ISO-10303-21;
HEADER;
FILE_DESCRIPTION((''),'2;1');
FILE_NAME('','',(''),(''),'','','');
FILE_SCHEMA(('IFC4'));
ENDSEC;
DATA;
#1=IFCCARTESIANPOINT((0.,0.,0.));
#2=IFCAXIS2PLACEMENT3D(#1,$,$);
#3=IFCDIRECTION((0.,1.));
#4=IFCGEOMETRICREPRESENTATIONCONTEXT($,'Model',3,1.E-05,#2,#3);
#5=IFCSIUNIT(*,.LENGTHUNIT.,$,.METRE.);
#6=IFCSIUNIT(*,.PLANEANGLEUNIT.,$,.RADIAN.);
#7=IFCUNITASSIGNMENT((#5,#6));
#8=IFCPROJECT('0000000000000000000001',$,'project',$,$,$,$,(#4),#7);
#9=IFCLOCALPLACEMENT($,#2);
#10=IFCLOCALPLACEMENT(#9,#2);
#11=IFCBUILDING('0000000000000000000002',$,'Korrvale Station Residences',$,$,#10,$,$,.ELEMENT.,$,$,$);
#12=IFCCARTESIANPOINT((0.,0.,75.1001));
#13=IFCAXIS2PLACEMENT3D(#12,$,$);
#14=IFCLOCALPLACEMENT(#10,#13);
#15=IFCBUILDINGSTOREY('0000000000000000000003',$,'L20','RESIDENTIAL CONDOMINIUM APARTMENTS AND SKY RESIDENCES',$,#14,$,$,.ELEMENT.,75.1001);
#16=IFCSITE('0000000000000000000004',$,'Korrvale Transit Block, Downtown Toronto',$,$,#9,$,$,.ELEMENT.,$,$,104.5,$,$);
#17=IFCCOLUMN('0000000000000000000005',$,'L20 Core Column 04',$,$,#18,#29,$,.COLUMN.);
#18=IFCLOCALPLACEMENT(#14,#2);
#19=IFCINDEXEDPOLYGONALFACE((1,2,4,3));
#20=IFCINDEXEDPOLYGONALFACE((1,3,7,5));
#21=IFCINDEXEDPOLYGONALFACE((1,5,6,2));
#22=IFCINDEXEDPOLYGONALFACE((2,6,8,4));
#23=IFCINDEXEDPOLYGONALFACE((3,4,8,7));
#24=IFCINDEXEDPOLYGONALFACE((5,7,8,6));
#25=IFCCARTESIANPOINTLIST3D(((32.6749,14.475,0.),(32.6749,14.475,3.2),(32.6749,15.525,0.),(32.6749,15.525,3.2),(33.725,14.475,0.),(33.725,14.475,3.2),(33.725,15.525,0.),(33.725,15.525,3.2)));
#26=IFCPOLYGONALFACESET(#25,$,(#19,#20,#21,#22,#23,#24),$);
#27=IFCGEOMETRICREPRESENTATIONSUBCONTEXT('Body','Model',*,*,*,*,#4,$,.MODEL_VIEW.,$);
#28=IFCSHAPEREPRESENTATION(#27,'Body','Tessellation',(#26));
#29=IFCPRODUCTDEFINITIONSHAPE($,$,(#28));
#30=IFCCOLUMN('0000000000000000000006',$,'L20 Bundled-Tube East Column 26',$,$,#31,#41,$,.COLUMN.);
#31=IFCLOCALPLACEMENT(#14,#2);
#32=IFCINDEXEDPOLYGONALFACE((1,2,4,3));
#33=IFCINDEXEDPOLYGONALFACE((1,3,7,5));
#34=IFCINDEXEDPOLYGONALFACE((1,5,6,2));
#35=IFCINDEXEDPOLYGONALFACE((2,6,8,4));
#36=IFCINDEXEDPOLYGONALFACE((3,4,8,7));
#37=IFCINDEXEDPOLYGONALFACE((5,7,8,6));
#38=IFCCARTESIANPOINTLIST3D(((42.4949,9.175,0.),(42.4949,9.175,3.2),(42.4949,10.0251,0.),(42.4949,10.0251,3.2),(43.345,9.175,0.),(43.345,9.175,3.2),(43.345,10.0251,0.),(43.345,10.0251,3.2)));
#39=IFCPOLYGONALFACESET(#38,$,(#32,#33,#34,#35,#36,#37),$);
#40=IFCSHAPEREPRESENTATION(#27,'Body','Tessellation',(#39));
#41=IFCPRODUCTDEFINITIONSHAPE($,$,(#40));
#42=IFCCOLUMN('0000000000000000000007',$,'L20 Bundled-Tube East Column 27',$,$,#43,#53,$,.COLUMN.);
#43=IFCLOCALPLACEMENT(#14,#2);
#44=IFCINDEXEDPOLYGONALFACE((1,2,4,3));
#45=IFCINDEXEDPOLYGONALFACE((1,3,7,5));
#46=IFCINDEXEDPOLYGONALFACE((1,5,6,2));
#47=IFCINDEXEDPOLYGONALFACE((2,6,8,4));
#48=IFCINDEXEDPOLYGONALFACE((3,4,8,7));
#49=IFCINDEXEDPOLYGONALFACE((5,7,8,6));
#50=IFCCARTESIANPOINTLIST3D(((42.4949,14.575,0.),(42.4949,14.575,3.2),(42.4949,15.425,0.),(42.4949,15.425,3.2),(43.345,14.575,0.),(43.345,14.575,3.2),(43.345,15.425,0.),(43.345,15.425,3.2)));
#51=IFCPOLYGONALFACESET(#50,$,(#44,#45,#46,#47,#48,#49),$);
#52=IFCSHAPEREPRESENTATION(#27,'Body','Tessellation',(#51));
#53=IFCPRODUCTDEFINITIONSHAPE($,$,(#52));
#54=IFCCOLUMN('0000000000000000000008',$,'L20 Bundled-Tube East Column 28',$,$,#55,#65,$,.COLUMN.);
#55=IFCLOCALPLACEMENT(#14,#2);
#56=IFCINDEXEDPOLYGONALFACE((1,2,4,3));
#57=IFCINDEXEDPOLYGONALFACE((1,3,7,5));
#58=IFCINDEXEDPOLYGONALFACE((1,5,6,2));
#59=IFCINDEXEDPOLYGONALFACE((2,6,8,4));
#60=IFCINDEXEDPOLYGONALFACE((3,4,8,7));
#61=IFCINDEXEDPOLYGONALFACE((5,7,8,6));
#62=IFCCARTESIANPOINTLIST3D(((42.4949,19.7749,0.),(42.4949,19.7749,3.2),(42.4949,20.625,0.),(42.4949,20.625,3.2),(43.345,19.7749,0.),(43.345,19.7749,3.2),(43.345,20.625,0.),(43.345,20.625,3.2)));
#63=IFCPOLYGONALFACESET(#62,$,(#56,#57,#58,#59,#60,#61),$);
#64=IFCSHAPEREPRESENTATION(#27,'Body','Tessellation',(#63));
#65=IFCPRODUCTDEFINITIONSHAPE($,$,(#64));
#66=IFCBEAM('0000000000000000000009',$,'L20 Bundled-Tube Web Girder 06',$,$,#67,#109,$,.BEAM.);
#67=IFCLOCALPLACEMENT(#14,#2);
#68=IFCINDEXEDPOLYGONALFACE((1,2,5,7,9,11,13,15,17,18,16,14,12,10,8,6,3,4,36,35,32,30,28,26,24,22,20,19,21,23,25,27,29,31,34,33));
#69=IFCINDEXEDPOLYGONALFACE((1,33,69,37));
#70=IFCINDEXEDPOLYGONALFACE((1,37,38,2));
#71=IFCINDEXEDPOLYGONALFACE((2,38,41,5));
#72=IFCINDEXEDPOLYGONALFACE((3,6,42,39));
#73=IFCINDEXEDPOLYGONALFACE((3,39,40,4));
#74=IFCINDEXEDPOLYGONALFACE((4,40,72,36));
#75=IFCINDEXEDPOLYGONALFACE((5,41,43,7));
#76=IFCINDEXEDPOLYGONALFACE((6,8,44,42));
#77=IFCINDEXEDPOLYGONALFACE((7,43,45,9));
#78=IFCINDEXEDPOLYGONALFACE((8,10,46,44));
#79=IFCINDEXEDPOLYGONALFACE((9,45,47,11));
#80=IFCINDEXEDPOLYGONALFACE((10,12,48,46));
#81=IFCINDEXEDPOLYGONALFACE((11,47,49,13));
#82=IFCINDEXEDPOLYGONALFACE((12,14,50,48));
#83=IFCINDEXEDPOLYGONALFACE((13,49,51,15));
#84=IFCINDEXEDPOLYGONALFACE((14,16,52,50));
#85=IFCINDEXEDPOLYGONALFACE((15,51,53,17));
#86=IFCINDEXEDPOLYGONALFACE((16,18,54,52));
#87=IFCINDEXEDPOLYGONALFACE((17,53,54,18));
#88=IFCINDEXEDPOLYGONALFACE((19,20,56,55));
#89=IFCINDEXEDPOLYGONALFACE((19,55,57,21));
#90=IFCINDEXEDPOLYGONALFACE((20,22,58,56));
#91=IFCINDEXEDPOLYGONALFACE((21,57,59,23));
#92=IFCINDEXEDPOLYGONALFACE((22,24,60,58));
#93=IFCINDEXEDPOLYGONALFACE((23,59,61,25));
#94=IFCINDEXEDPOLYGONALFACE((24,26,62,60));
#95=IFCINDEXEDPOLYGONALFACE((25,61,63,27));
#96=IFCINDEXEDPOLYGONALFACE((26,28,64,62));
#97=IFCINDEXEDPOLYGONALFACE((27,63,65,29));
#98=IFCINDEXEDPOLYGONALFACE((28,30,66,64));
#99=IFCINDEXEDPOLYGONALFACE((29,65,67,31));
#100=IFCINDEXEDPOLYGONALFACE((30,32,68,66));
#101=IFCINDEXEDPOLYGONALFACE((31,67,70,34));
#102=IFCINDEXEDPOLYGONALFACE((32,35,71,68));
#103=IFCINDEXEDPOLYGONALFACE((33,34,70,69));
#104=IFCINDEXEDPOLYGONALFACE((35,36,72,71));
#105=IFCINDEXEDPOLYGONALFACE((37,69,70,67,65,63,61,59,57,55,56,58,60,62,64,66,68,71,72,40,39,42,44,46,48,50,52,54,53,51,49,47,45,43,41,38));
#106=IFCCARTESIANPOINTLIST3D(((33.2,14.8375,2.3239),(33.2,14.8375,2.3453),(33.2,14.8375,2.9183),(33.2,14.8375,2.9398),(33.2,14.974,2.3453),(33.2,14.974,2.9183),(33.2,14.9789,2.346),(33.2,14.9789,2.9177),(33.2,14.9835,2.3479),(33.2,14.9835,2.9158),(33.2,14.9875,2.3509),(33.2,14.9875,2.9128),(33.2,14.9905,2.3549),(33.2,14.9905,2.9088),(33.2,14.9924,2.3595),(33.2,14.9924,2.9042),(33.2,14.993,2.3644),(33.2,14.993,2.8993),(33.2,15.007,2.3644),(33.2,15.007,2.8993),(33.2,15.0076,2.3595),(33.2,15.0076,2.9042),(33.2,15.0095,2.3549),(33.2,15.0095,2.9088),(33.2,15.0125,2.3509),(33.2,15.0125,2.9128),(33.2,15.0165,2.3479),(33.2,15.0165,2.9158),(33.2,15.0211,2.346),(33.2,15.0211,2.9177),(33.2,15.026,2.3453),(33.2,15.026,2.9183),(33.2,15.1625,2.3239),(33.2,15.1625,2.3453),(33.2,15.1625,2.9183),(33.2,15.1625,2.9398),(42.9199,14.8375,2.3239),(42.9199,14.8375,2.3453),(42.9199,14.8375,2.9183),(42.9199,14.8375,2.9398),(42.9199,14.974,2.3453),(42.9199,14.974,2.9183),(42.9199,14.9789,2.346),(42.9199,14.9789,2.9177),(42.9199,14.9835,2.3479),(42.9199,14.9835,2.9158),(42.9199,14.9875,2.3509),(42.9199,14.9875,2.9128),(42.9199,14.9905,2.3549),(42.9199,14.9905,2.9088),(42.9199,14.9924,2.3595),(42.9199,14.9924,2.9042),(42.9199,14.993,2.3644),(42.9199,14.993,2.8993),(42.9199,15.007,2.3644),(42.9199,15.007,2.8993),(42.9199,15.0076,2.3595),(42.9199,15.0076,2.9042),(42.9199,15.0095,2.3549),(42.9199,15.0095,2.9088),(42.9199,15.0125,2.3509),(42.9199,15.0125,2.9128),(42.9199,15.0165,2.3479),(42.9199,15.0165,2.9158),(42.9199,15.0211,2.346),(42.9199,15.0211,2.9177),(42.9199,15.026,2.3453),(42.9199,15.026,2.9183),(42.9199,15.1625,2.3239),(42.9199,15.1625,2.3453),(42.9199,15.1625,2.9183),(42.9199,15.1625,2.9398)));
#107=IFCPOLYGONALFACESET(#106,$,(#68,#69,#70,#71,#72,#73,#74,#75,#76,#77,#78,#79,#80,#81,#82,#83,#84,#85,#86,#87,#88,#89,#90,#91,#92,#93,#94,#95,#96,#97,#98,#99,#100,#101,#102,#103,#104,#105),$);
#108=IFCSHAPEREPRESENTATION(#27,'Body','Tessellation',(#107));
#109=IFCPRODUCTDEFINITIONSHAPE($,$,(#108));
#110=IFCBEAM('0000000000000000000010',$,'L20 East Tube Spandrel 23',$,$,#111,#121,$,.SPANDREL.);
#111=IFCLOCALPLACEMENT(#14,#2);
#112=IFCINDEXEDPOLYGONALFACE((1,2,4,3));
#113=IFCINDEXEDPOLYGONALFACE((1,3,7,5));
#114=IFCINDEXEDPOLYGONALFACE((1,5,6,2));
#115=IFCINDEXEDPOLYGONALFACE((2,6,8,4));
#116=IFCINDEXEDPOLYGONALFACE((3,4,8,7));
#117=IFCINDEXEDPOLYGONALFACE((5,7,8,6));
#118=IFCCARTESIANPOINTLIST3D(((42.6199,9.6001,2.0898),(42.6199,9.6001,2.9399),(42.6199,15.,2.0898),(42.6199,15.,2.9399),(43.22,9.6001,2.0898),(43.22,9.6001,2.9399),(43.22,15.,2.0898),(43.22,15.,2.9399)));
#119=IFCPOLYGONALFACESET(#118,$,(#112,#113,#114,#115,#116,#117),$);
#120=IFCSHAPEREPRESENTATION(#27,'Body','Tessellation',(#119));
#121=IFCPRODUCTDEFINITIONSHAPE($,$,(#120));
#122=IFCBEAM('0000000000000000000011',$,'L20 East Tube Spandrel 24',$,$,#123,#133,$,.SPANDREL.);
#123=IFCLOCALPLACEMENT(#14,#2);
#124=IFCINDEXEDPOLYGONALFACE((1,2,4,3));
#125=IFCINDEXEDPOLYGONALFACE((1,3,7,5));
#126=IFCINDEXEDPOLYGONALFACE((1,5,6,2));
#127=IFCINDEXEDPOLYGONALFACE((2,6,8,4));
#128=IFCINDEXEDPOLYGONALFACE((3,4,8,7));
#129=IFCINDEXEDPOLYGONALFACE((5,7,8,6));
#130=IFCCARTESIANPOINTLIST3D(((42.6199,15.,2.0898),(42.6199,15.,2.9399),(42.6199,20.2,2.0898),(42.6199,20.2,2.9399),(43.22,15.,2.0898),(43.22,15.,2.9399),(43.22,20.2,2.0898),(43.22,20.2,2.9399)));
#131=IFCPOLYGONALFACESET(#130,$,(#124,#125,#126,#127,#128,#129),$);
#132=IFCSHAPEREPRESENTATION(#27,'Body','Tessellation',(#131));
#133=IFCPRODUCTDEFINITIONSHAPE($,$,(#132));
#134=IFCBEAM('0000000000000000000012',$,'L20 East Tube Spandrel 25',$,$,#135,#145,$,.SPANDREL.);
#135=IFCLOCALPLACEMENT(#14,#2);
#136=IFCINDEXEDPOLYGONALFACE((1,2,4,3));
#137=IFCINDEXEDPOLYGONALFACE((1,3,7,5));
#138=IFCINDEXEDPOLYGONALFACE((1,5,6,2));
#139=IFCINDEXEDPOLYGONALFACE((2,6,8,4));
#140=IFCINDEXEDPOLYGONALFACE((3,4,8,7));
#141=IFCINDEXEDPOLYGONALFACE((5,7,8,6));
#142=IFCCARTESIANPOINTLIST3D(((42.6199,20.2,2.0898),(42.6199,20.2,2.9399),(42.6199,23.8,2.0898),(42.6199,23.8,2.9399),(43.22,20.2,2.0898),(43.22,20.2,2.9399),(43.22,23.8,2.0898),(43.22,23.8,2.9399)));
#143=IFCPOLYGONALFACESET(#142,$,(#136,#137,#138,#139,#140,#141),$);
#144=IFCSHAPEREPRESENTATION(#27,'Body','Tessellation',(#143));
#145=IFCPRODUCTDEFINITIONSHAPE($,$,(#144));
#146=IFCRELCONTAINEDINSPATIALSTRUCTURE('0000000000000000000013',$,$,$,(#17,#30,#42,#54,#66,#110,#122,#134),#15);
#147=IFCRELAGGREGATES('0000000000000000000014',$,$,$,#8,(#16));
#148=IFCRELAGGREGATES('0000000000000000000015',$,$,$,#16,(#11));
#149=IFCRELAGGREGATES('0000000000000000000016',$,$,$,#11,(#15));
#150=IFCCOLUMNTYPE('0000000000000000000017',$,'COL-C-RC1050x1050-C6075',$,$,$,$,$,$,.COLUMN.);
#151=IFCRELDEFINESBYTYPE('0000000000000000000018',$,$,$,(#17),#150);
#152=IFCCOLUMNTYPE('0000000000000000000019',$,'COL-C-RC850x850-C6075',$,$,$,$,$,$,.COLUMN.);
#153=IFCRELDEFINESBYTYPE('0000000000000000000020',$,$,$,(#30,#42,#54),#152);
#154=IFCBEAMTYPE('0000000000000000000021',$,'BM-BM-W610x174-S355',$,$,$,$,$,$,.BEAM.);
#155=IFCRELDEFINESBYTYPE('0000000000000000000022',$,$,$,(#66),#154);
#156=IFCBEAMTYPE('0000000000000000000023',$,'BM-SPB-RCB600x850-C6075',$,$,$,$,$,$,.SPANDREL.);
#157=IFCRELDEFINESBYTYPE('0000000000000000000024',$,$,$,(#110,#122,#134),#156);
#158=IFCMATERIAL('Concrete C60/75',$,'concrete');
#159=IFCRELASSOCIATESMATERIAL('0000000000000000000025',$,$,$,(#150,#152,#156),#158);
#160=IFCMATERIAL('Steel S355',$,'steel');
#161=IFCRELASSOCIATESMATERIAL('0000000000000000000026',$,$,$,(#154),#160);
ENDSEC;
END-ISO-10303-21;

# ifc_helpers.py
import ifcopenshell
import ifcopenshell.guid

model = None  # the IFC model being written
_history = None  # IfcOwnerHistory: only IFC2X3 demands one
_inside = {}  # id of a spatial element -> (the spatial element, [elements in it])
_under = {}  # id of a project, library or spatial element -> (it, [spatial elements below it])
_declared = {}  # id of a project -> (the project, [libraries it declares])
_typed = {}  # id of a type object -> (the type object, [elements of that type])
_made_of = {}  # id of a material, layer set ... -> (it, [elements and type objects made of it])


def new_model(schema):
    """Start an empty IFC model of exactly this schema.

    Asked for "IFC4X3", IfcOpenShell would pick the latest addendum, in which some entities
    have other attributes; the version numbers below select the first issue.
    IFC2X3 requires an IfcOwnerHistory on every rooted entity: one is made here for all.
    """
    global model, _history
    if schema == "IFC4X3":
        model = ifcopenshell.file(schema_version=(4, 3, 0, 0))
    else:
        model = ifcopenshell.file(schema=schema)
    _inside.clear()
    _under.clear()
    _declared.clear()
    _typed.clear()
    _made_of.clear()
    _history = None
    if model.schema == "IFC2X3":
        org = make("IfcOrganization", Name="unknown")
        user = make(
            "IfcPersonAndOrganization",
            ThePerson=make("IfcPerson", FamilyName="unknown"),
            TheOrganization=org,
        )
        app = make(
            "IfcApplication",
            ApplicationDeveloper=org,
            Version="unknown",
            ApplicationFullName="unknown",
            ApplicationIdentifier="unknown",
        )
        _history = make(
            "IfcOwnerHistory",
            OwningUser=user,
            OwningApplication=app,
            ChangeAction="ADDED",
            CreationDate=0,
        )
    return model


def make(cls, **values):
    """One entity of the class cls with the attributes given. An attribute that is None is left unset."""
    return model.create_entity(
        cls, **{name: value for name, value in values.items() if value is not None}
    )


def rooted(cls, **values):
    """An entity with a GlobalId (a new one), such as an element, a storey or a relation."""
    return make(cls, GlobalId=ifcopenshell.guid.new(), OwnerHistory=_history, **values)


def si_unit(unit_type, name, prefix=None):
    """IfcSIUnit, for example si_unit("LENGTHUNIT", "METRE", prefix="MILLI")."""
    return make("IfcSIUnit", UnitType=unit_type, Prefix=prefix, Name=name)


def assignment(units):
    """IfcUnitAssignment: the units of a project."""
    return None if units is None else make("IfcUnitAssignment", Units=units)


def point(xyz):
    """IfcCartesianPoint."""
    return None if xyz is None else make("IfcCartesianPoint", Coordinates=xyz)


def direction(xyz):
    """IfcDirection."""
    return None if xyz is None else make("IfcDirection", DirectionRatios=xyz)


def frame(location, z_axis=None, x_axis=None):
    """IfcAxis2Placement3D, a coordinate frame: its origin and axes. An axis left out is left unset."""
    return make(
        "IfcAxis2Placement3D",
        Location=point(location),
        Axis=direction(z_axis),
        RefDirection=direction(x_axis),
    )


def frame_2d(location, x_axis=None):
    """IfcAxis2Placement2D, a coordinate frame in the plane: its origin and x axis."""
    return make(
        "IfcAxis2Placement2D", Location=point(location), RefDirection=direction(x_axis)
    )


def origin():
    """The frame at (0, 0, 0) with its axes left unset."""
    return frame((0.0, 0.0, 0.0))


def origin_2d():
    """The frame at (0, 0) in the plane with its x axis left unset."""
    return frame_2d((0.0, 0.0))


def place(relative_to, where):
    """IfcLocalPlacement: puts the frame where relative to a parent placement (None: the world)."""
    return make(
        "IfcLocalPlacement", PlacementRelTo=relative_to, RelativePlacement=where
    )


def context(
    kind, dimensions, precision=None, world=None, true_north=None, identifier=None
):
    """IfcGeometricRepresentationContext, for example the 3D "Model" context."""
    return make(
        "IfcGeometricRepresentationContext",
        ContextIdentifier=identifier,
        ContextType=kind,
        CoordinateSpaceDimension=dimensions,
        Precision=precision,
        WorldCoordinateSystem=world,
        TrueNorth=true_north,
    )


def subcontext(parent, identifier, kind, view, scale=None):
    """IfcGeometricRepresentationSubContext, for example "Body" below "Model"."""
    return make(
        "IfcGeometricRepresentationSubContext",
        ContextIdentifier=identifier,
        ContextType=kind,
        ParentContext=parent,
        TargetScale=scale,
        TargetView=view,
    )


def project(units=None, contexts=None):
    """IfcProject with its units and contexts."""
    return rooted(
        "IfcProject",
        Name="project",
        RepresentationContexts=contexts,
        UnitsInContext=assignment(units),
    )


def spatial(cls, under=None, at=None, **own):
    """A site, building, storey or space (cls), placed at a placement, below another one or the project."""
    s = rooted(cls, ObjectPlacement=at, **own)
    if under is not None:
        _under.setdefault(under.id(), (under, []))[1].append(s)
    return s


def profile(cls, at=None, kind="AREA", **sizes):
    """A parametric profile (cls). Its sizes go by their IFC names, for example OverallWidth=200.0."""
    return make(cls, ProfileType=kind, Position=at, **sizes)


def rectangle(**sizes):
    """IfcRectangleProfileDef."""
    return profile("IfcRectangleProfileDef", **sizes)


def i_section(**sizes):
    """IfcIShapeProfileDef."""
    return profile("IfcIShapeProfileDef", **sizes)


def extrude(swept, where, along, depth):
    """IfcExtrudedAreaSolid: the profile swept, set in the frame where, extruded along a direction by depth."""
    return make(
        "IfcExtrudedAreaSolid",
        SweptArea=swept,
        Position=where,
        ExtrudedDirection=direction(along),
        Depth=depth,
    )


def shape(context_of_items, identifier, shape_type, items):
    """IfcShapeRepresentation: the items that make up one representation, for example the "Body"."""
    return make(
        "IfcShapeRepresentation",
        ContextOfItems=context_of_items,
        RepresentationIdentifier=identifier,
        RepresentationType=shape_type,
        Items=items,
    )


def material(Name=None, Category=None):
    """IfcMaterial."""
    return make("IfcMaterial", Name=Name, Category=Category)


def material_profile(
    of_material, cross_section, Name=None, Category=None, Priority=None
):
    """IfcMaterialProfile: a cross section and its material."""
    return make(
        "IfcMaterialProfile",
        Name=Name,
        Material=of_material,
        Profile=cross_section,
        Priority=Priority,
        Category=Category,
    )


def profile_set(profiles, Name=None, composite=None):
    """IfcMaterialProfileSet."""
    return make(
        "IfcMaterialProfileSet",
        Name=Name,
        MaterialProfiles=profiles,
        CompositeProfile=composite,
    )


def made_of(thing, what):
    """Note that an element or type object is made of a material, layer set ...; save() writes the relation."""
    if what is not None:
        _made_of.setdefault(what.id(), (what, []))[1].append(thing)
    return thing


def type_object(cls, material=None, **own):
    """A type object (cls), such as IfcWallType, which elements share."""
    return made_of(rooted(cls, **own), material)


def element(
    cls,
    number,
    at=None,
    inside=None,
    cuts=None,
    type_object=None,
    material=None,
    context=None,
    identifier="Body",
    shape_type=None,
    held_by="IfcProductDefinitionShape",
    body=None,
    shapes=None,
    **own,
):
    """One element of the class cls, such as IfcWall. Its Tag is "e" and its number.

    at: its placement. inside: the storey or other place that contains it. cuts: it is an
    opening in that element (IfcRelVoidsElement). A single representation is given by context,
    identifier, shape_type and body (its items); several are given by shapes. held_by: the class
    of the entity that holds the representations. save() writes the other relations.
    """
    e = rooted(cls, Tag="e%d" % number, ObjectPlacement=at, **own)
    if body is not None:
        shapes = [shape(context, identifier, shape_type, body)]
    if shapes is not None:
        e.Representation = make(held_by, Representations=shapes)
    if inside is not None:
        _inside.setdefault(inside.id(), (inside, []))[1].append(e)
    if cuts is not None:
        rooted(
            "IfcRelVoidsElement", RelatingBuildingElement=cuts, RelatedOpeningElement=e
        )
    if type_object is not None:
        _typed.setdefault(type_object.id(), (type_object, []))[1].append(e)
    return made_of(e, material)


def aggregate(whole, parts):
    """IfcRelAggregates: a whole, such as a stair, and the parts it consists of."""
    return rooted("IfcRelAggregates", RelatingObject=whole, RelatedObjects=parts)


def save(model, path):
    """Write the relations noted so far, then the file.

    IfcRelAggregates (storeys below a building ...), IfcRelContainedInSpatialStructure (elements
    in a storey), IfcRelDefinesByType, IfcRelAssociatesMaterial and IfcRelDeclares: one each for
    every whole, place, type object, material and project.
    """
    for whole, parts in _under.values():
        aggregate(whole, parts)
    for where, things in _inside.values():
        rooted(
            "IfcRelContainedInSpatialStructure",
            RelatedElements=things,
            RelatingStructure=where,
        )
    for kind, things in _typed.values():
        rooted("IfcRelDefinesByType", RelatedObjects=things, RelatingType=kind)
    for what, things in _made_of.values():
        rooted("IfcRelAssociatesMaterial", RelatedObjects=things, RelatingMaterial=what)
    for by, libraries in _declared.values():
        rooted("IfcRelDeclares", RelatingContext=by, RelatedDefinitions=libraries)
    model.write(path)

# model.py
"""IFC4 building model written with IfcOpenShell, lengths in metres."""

from ifc_helpers import new_model, si_unit, direction, frame, origin, origin_2d, place, context, subcontext, project, spatial, rectangle, i_section, extrude, material, material_profile, profile_set, type_object, element, save


model = new_model("IFC4")

# Units and contexts
model_context = context("Model", 3, precision=1e-05, world=origin(), true_north=direction((0.0, 1.0)))
body_context = subcontext(model_context, "Body", "Model", "MODEL_VIEW")
ifc_project = project(units=[si_unit("LENGTHUNIT", "METRE"), si_unit("PLANEANGLEUNIT", "RADIAN")], contexts=[model_context])

# Site, building, storey
site_placement = place(None, origin())
site = spatial("IfcSite", under=ifc_project, at=site_placement, Name="Korrvale Transit Block, Downtown Toronto", CompositionType="ELEMENT", RefElevation=104.5)
building_placement = place(site_placement, origin())
building = spatial("IfcBuilding", under=site, at=building_placement, Name="Korrvale Station Residences", CompositionType="ELEMENT")
storey_placement = place(building_placement, frame((0.0, 0.0, 75.1001)))
storey = spatial("IfcBuildingStorey", under=building, at=storey_placement, Name="L20", Description="RESIDENTIAL CONDOMINIUM APARTMENTS AND SKY RESIDENCES", CompositionType="ELEMENT", Elevation=75.1001)

# Columns
ifc_material_1 = material(Name="Concrete C60/75", Category="concrete")
ifc_material_profile_1 = material_profile(ifc_material_1, rectangle(XDim=1.05, YDim=1.05, at=origin_2d()), Name="RC1050x1050")
ifc_profile_set_1 = profile_set([ifc_material_profile_1], Name="Concrete C60/75")
column_type_1 = type_object("IfcColumnType", Name="COL-C-RC1050x1050-C6075", PredefinedType="COLUMN", material=ifc_profile_set_1)
column_placement = place(storey_placement, frame((33.2, 15.0, 0.0), z_axis=(0.0, 0.0, 1.0), x_axis=(1.0, 0.0, 0.0)))
element("IfcColumn", 1, at=column_placement, inside=storey, type_object=column_type_1, Name="L20 Core Column 04", PredefinedType="COLUMN", context=body_context, shape_type="SweptSolid", body=[
    extrude(rectangle(XDim=1.05, YDim=1.05, at=origin_2d()), origin(), (0.0, 0.0, 1.0), 3.2),
])
ifc_material_profile_2 = material_profile(ifc_material_1, rectangle(XDim=0.8501, YDim=0.8501, at=origin_2d()), Name="RC850x850")
ifc_profile_set_2 = profile_set([ifc_material_profile_2], Name="Concrete C60/75")
column_type_2 = type_object("IfcColumnType", Name="COL-C-RC850x850-C6075", PredefinedType="COLUMN", material=ifc_profile_set_2)
for number, where, z_axis, x_axis, name in (
    (2, (42.9199, 9.6001, 0.0), (0.0, 0.0, 1.0), (1.0, 0.0, 0.0), "L20 Bundled-Tube East Column 26"),
    (3, (42.9199, 15.0, 0.0), (0.0, 0.0, 1.0), (1.0, 0.0, 0.0), "L20 Bundled-Tube East Column 27"),
    (4, (42.9199, 20.2, 0.0), (0.0, 0.0, 1.0), (1.0, 0.0, 0.0), "L20 Bundled-Tube East Column 28"),
):
    element("IfcColumn", number, at=place(storey_placement, frame(where, z_axis=z_axis, x_axis=x_axis)), inside=storey, type_object=column_type_2, Name=name, PredefinedType="COLUMN", context=body_context, shape_type="SweptSolid", body=[
        extrude(rectangle(XDim=0.8501, YDim=0.8501, at=origin_2d()), origin(), (0.0, 0.0, 1.0), 3.2),
    ])

# Beams
ifc_material_2 = material(Name="Steel S355", Category="steel")
ifc_material_profile_3 = material_profile(ifc_material_2, i_section(OverallWidth=0.325, OverallDepth=0.616, WebThickness=0.0139, FlangeThickness=0.0215, FilletRadius=0.019, at=origin_2d()), Name="W610x174")
ifc_profile_set_3 = profile_set([ifc_material_profile_3], Name="Steel S355")
beam_type_1 = type_object("IfcBeamType", Name="BM-BM-W610x174-S355", PredefinedType="BEAM", material=ifc_profile_set_3)
beam_1_placement = place(storey_placement, frame((33.2, 15.0, 2.6318), z_axis=(1.0, 0.0, 0.0), x_axis=(0.0, 1.0, 0.0)))
element("IfcBeam", 5, at=beam_1_placement, inside=storey, type_object=beam_type_1, Name="L20 Bundled-Tube Web Girder 06", PredefinedType="BEAM", context=body_context, shape_type="SweptSolid", body=[
    extrude(i_section(OverallWidth=0.325, OverallDepth=0.616, WebThickness=0.0139, FlangeThickness=0.0215, FilletRadius=0.019, at=origin_2d()), origin(), (0.0, 0.0, 1.0), 9.72),
])
ifc_material_profile_4 = material_profile(ifc_material_1, rectangle(XDim=0.6001, YDim=0.8501, at=origin_2d()), Name="RCB600x850")
ifc_profile_set_4 = profile_set([ifc_material_profile_4], Name="Concrete C60/75")
beam_type_2 = type_object("IfcBeamType", Name="BM-SPB-RCB600x850-C6075", PredefinedType="SPANDREL", material=ifc_profile_set_4)
beam_2_placement = place(storey_placement, frame((42.9199, 9.6001, 2.5149), z_axis=(0.0, 1.0, 0.0), x_axis=(-1.0, 0.0, 0.0)))
element("IfcBeam", 6, at=beam_2_placement, inside=storey, type_object=beam_type_2, Name="L20 East Tube Spandrel 23", PredefinedType="SPANDREL", context=body_context, shape_type="SweptSolid", body=[
    extrude(rectangle(XDim=0.6001, YDim=0.8501, at=origin_2d()), origin(), (0.0, 0.0, 1.0), 5.3999),
])
beam_3_placement = place(storey_placement, frame((42.9199, 15.0, 2.5149), z_axis=(0.0, 1.0, 0.0), x_axis=(-1.0, 0.0, 0.0)))
element("IfcBeam", 7, at=beam_3_placement, inside=storey, type_object=beam_type_2, Name="L20 East Tube Spandrel 24", PredefinedType="SPANDREL", context=body_context, shape_type="SweptSolid", body=[
    extrude(rectangle(XDim=0.6001, YDim=0.8501, at=origin_2d()), origin(), (0.0, 0.0, 1.0), 5.2),
])
beam_4_placement = place(storey_placement, frame((42.9199, 20.2, 2.5149), z_axis=(0.0, 1.0, 0.0), x_axis=(-1.0, 0.0, 0.0)))
element("IfcBeam", 8, at=beam_4_placement, inside=storey, type_object=beam_type_2, Name="L20 East Tube Spandrel 25", PredefinedType="SPANDREL", context=body_context, shape_type="SweptSolid", body=[
    extrude(rectangle(XDim=0.6001, YDim=0.8501, at=origin_2d()), origin(), (0.0, 0.0, 1.0), 3.6001),
])

save(model, "model.ifc")
